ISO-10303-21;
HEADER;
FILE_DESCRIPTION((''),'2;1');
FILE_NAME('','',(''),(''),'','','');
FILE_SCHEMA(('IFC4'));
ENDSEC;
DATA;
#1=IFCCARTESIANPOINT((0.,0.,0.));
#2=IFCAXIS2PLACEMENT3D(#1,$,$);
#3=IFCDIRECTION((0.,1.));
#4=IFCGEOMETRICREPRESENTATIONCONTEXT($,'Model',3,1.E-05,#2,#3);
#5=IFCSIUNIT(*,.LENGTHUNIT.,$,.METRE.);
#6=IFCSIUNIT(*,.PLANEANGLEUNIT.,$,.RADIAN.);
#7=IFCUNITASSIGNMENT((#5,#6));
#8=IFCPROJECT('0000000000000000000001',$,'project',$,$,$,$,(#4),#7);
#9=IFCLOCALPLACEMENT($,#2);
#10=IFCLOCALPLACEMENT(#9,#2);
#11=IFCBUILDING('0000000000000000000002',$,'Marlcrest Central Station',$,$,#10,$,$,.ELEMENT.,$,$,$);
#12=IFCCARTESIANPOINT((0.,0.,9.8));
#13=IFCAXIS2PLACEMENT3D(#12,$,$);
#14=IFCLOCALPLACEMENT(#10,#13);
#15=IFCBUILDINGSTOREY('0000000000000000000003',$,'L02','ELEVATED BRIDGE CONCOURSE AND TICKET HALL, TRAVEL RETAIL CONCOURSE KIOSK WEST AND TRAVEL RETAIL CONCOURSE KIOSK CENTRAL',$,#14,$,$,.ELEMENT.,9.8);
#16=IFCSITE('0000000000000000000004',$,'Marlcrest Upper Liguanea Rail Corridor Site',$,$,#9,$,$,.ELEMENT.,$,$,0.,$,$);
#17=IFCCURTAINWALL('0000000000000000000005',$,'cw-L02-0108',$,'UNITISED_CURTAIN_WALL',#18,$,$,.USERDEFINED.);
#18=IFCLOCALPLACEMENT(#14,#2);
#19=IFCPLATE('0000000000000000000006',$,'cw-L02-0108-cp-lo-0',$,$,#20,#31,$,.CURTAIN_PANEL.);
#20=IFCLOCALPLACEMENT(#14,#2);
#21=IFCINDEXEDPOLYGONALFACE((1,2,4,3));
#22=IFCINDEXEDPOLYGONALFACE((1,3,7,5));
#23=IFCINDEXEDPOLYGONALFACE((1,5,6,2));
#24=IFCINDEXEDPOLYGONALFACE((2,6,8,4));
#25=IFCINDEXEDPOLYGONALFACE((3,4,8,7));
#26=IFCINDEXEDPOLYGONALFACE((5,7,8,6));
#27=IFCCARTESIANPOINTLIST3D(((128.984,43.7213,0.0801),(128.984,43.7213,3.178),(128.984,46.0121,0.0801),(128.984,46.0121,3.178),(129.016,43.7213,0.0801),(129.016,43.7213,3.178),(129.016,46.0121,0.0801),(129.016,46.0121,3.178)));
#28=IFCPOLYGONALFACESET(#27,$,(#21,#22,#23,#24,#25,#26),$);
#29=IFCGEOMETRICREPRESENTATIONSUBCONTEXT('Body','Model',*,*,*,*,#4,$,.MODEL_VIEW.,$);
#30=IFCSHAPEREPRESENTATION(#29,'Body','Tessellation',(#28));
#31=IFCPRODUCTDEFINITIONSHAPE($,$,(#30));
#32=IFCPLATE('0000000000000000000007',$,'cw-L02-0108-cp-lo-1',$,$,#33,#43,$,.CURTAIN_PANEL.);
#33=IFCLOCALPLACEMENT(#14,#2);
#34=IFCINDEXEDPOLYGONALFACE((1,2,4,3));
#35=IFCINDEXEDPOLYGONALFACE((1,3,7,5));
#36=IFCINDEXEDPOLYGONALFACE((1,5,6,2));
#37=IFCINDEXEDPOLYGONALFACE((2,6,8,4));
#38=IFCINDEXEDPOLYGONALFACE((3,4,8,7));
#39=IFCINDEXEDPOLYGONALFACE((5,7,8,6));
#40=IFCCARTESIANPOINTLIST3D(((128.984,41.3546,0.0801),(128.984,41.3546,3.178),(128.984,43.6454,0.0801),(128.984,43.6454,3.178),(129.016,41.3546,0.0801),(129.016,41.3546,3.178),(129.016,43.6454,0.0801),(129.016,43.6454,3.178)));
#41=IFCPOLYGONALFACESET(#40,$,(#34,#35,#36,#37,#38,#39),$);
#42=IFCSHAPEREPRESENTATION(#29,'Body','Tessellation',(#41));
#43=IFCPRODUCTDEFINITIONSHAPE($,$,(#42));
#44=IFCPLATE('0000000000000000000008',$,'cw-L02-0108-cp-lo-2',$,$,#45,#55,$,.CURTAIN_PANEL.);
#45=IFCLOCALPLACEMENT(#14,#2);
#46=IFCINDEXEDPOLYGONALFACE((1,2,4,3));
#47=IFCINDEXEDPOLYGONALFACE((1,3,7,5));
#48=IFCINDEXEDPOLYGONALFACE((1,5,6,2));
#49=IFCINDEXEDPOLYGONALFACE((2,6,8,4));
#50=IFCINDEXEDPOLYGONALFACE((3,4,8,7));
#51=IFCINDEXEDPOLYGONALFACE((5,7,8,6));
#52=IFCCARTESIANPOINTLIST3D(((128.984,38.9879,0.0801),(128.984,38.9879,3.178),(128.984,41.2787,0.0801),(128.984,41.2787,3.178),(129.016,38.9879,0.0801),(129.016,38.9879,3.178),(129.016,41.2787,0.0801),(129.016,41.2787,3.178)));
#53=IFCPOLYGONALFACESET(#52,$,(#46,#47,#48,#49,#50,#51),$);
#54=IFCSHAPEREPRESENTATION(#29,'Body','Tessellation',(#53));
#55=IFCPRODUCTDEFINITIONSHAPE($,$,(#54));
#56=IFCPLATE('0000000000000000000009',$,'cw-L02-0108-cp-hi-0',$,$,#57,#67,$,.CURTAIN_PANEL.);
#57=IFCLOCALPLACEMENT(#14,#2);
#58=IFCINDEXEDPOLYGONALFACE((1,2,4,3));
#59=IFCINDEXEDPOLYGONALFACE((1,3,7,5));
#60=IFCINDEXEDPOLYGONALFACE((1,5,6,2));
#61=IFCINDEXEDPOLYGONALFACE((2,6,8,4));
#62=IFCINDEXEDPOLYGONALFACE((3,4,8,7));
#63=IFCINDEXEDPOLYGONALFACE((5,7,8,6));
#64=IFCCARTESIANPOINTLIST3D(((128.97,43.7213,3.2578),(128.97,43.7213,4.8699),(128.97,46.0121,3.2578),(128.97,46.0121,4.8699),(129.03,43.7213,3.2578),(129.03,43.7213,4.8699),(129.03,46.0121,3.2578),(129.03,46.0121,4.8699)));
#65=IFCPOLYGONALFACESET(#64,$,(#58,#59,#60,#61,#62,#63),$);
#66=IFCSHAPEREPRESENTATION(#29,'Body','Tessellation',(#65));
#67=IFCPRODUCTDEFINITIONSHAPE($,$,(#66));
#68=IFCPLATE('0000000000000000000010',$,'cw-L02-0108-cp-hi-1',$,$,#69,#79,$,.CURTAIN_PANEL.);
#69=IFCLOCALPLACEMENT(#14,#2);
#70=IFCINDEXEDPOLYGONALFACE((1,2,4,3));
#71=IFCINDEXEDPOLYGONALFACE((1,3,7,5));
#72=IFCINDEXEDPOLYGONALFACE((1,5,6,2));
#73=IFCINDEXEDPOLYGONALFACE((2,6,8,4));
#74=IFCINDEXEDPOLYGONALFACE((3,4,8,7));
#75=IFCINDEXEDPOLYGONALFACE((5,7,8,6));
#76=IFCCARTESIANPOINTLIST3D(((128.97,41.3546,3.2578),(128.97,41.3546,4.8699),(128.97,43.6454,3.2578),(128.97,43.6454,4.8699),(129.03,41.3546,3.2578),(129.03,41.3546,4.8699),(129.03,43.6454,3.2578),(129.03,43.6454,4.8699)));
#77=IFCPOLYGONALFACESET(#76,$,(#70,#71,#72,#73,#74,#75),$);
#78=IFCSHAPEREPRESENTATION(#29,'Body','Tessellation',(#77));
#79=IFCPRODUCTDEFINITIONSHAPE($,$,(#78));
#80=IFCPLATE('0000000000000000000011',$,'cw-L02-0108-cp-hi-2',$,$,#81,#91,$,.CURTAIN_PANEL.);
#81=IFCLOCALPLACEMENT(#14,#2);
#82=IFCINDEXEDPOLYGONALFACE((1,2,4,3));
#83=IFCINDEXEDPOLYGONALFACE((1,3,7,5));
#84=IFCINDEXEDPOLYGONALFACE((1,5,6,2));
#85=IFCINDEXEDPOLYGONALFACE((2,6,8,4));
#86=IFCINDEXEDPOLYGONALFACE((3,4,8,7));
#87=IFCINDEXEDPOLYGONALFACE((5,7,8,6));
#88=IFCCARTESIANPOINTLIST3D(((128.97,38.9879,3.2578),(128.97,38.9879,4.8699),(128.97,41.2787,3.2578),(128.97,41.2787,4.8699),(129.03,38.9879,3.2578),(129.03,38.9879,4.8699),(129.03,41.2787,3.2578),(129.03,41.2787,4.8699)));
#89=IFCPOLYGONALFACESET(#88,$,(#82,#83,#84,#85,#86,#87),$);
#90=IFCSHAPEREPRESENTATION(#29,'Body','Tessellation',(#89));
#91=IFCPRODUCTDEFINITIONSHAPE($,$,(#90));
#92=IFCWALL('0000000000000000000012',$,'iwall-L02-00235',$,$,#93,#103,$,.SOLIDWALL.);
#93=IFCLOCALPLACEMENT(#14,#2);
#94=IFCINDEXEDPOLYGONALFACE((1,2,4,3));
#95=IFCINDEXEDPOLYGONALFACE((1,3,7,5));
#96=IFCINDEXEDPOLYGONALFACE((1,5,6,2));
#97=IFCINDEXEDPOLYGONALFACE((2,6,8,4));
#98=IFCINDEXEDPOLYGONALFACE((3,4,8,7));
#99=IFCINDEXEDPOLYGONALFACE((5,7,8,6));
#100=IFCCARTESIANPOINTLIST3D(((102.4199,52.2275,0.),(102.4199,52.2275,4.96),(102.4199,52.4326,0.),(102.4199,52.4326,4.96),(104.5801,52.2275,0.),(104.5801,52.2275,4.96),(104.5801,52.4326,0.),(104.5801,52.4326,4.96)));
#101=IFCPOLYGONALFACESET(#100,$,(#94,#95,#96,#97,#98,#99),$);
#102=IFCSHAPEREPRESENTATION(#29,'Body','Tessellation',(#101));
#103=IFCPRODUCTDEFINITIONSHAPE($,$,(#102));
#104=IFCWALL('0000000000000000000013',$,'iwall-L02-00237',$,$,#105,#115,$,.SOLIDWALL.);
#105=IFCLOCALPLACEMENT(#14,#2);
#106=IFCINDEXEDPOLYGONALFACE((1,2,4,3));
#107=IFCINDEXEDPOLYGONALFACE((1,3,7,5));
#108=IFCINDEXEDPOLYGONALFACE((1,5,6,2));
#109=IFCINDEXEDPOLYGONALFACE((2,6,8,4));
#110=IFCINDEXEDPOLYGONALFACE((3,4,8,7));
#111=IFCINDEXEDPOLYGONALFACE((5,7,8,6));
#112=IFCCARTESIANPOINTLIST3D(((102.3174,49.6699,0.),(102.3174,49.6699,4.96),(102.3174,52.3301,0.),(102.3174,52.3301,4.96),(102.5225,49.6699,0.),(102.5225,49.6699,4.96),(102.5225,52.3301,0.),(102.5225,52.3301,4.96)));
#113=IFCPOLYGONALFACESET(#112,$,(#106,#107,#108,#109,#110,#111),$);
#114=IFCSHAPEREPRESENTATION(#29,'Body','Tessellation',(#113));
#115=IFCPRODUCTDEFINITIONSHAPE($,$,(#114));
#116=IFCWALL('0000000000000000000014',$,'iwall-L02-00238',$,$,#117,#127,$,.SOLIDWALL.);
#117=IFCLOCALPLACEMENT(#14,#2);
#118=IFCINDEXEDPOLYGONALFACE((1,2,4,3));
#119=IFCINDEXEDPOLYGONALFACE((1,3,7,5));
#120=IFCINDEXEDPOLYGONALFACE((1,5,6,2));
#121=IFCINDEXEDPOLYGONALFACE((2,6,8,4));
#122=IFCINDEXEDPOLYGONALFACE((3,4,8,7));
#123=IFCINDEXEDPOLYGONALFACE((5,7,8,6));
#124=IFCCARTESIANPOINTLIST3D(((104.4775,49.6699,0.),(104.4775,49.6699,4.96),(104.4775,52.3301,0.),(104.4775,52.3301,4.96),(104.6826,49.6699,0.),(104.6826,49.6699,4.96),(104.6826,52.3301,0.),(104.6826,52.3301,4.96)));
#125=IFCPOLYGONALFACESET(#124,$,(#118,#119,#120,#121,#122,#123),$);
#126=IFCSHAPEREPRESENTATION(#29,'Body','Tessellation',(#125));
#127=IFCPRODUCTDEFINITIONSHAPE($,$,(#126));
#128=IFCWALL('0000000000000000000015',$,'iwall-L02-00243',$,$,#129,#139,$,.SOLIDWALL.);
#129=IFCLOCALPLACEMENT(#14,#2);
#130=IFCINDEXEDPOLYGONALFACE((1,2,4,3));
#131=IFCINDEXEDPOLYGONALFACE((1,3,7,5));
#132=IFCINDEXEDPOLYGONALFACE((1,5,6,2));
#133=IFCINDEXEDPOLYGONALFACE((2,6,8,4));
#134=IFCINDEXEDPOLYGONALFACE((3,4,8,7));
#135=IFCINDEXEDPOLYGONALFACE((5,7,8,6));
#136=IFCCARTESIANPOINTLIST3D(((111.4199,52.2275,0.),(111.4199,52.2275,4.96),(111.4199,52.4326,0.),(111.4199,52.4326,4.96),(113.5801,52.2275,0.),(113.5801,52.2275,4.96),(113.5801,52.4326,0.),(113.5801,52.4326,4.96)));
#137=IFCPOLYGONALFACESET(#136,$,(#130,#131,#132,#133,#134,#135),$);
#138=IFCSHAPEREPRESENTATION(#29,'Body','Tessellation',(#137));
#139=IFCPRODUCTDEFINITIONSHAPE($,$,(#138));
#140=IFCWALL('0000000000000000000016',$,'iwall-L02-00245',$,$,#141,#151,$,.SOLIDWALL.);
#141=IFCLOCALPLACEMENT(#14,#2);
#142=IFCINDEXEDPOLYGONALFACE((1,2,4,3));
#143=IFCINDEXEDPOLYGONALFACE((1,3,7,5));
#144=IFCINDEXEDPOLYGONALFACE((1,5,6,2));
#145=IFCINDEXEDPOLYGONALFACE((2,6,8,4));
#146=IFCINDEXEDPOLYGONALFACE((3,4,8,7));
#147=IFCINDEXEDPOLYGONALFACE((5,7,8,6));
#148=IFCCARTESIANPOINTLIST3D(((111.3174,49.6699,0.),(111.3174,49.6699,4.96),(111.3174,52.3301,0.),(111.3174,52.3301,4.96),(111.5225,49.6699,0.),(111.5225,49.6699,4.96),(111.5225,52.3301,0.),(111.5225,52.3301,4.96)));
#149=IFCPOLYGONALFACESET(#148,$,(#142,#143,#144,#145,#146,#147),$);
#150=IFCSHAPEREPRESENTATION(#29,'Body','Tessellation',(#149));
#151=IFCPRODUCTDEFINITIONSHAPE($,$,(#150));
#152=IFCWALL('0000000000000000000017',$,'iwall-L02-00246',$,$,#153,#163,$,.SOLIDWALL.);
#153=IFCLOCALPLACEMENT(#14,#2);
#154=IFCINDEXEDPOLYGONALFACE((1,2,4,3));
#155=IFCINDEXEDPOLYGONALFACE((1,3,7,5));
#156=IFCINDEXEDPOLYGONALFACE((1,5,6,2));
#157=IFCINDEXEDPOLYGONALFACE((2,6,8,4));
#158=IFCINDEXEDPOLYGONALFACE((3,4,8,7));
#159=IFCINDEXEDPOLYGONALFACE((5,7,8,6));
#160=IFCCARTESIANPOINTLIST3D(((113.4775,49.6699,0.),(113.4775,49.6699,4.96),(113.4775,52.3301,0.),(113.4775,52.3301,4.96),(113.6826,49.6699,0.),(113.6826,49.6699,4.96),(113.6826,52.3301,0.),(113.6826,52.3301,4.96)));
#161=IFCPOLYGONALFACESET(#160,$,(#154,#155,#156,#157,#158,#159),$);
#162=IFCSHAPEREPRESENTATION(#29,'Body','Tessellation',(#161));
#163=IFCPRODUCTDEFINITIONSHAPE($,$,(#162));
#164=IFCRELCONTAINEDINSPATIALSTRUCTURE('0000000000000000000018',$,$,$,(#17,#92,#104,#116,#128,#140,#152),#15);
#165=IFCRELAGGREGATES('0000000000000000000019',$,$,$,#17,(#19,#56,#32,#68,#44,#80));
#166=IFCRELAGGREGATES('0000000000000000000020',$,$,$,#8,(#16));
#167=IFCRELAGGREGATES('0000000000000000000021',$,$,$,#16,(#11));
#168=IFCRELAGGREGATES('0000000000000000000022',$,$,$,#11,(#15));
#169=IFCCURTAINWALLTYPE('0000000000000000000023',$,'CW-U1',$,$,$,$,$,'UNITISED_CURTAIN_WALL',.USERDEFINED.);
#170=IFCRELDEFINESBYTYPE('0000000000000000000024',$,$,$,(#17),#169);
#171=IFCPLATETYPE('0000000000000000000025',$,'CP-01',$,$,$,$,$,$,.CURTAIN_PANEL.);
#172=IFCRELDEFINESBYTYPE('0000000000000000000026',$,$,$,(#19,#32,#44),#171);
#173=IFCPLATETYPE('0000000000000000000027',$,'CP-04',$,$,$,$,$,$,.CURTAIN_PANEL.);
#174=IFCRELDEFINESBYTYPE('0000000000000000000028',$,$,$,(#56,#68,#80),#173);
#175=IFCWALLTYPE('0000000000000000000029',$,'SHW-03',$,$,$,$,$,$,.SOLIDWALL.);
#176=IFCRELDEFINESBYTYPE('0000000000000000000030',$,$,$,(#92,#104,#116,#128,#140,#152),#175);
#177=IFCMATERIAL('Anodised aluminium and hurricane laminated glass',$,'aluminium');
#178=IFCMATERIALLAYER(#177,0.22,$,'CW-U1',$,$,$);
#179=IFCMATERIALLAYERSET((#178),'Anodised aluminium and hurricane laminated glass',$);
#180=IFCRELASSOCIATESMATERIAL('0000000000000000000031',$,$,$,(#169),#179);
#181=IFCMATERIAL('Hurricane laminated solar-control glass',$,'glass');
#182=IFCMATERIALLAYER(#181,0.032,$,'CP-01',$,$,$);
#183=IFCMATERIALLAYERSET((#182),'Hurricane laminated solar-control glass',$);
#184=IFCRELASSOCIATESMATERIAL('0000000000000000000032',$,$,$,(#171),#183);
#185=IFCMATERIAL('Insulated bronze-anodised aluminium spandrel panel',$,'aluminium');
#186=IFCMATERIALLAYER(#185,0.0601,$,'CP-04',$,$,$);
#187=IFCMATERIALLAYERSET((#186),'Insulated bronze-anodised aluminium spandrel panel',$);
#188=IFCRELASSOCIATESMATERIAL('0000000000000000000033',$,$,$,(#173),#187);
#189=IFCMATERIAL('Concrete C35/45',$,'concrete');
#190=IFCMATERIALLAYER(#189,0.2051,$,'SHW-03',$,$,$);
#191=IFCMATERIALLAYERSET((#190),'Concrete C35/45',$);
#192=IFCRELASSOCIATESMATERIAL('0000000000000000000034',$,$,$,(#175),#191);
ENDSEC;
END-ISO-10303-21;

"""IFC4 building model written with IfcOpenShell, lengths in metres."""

from ifc_helpers import new_model, si_unit, direction, frame, frame_2d, origin, origin_2d, place, context, subcontext, project, spatial, rectangle, extrude, material, layer, layer_set, type_object, element, aggregate, save


model = new_model("IFC4")

# Units and contexts
model_context = context("Model", 3, precision=1e-05, world=origin(), true_north=direction((0.0, 1.0)))
body_context = subcontext(model_context, "Body", "Model", "MODEL_VIEW")
ifc_project = project(units=[si_unit("LENGTHUNIT", "METRE"), si_unit("PLANEANGLEUNIT", "RADIAN")], contexts=[model_context])

# Site, building, storey
site_placement = place(None, origin())
site = spatial("IfcSite", under=ifc_project, at=site_placement, Name="Marlcrest Upper Liguanea Rail Corridor Site", CompositionType="ELEMENT", RefElevation=0.0)
building_placement = place(site_placement, origin())
building = spatial("IfcBuilding", under=site, at=building_placement, Name="Marlcrest Central Station", CompositionType="ELEMENT")
storey_placement = place(building_placement, frame((0.0, 0.0, 9.8)))
storey = spatial("IfcBuildingStorey", under=building, at=storey_placement, Name="L02", Description="ELEVATED BRIDGE CONCOURSE AND TICKET HALL, TRAVEL RETAIL CONCOURSE KIOSK WEST AND TRAVEL RETAIL CONCOURSE KIOSK CENTRAL", CompositionType="ELEMENT", Elevation=9.8)

# Curtain wall, plates
ifc_material_1 = material(Name="Anodised aluminium and hurricane laminated glass", Category="aluminium")
ifc_layer_1 = layer(ifc_material_1, 0.22, Name="CW-U1")
ifc_layer_set_1 = layer_set([ifc_layer_1], Name="Anodised aluminium and hurricane laminated glass")
curtain_wall_type = type_object("IfcCurtainWallType", Name="CW-U1", ElementType="UNITISED_CURTAIN_WALL", PredefinedType="USERDEFINED", material=ifc_layer_set_1)
curtain_wall_placement = place(storey_placement, origin())
curtain_wall = element("IfcCurtainWall", 1, at=curtain_wall_placement, inside=storey, type_object=curtain_wall_type, Name="cw-L02-0108", ObjectType="UNITISED_CURTAIN_WALL", PredefinedType="USERDEFINED")
ifc_material_2 = material(Name="Hurricane laminated solar-control glass", Category="glass")
ifc_layer_2 = layer(ifc_material_2, 0.032, Name="CP-01")
ifc_layer_set_2 = layer_set([ifc_layer_2], Name="Hurricane laminated solar-control glass")
plate_type_1 = type_object("IfcPlateType", Name="CP-01", PredefinedType="CURTAIN_PANEL", material=ifc_layer_set_2)
plate_1_placement = place(storey_placement, frame((129.0, 44.8667, 0.0801), z_axis=(0.0, 0.0, 1.0), x_axis=(0.0, -1.0, 0.0)))
plate_1 = element("IfcPlate", 2, at=plate_1_placement, type_object=plate_type_1, Name="cw-L02-0108-cp-lo-0", PredefinedType="CURTAIN_PANEL", context=body_context, shape_type="SweptSolid", body=[
    extrude(rectangle(XDim=2.2908, YDim=0.032, at=origin_2d()), origin(), (0.0, 0.0, 1.0), 3.0979),
])
plate_2_placement = place(storey_placement, frame((129.0, 42.5, 0.0801), z_axis=(0.0, 0.0, 1.0), x_axis=(0.0, -1.0, 0.0)))
plate_2 = element("IfcPlate", 3, at=plate_2_placement, type_object=plate_type_1, Name="cw-L02-0108-cp-lo-1", PredefinedType="CURTAIN_PANEL", context=body_context, shape_type="SweptSolid", body=[
    extrude(rectangle(XDim=2.2908, YDim=0.032, at=origin_2d()), origin(), (0.0, 0.0, 1.0), 3.0979),
])
plate_3_placement = place(storey_placement, frame((129.0, 40.1333, 0.0801), z_axis=(0.0, 0.0, 1.0), x_axis=(0.0, -1.0, 0.0)))
plate_3 = element("IfcPlate", 4, at=plate_3_placement, type_object=plate_type_1, Name="cw-L02-0108-cp-lo-2", PredefinedType="CURTAIN_PANEL", context=body_context, shape_type="SweptSolid", body=[
    extrude(rectangle(XDim=2.2908, YDim=0.032, at=origin_2d()), origin(), (0.0, 0.0, 1.0), 3.0979),
])
ifc_material_3 = material(Name="Insulated bronze-anodised aluminium spandrel panel", Category="aluminium")
ifc_layer_3 = layer(ifc_material_3, 0.0601, Name="CP-04")
ifc_layer_set_3 = layer_set([ifc_layer_3], Name="Insulated bronze-anodised aluminium spandrel panel")
plate_type_2 = type_object("IfcPlateType", Name="CP-04", PredefinedType="CURTAIN_PANEL", material=ifc_layer_set_3)
plate_4_placement = place(storey_placement, frame((129.0, 44.8667, 3.2578), z_axis=(0.0, 0.0, 1.0), x_axis=(0.0, -1.0, 0.0)))
plate_4 = element("IfcPlate", 5, at=plate_4_placement, type_object=plate_type_2, Name="cw-L02-0108-cp-hi-0", PredefinedType="CURTAIN_PANEL", context=body_context, shape_type="SweptSolid", body=[
    extrude(rectangle(XDim=2.2908, YDim=0.0601, at=origin_2d()), origin(), (0.0, 0.0, 1.0), 1.6121),
])
plate_5_placement = place(storey_placement, frame((129.0, 42.5, 3.2578), z_axis=(0.0, 0.0, 1.0), x_axis=(0.0, -1.0, 0.0)))
plate_5 = element("IfcPlate", 6, at=plate_5_placement, type_object=plate_type_2, Name="cw-L02-0108-cp-hi-1", PredefinedType="CURTAIN_PANEL", context=body_context, shape_type="SweptSolid", body=[
    extrude(rectangle(XDim=2.2908, YDim=0.0601, at=origin_2d()), origin(), (0.0, 0.0, 1.0), 1.6121),
])
plate_6_placement = place(storey_placement, frame((129.0, 40.1333, 3.2578), z_axis=(0.0, 0.0, 1.0), x_axis=(0.0, -1.0, 0.0)))
plate_6 = element("IfcPlate", 7, at=plate_6_placement, type_object=plate_type_2, Name="cw-L02-0108-cp-hi-2", PredefinedType="CURTAIN_PANEL", context=body_context, shape_type="SweptSolid", body=[
    extrude(rectangle(XDim=2.2908, YDim=0.0601, at=origin_2d()), origin(), (0.0, 0.0, 1.0), 1.6121),
])
aggregate(curtain_wall, [plate_1, plate_4, plate_2, plate_5, plate_3, plate_6])

# Wall
ifc_material_4 = material(Name="Concrete C35/45", Category="concrete")
ifc_layer_4 = layer(ifc_material_4, 0.2051, Name="SHW-03")
ifc_layer_set_4 = layer_set([ifc_layer_4], Name="Concrete C35/45")
wall_type = type_object("IfcWallType", Name="SHW-03", PredefinedType="SOLIDWALL", material=ifc_layer_set_4)
wall_1_placement = place(storey_placement, frame((102.4199, 52.3301, 0.0), z_axis=(0.0, 0.0, 1.0), x_axis=(1.0, 0.0, 0.0)))
element("IfcWall", 8, at=wall_1_placement, inside=storey, type_object=wall_type, Name="iwall-L02-00235", PredefinedType="SOLIDWALL", context=body_context, shape_type="SweptSolid", body=[
    extrude(rectangle(XDim=2.1602, YDim=0.2051, at=frame_2d((1.0801, 0.0))), origin(), (0.0, 0.0, 1.0), 4.96),
])

# Walls
for number, where, z_axis, x_axis, name in (
    (9, (102.4199, 49.6699, 0.0), (0.0, 0.0, 1.0), (0.0, 1.0, 0.0), "iwall-L02-00237"),
    (10, (104.5801, 52.3301, 0.0), (0.0, 0.0, 1.0), (0.0, -1.0, 0.0), "iwall-L02-00238"),
):
    element("IfcWall", number, at=place(storey_placement, frame(where, z_axis=z_axis, x_axis=x_axis)), inside=storey, type_object=wall_type, Name=name, PredefinedType="SOLIDWALL", context=body_context, shape_type="SweptSolid", body=[
        extrude(rectangle(XDim=2.6602, YDim=0.2051, at=frame_2d((1.3301, 0.0))), origin(), (0.0, 0.0, 1.0), 4.96),
    ])
wall_2_placement = place(storey_placement, frame((111.4199, 52.3301, 0.0), z_axis=(0.0, 0.0, 1.0), x_axis=(1.0, 0.0, 0.0)))
element("IfcWall", 11, at=wall_2_placement, inside=storey, type_object=wall_type, Name="iwall-L02-00243", PredefinedType="SOLIDWALL", context=body_context, shape_type="SweptSolid", body=[
    extrude(rectangle(XDim=2.1602, YDim=0.2051, at=frame_2d((1.0801, 0.0))), origin(), (0.0, 0.0, 1.0), 4.96),
])

# Walls
for number, where, z_axis, x_axis, name in (
    (12, (111.4199, 49.6699, 0.0), (0.0, 0.0, 1.0), (0.0, 1.0, 0.0), "iwall-L02-00245"),
    (13, (113.5801, 52.3301, 0.0), (0.0, 0.0, 1.0), (0.0, -1.0, 0.0), "iwall-L02-00246"),
):
    element("IfcWall", number, at=place(storey_placement, frame(where, z_axis=z_axis, x_axis=x_axis)), inside=storey, type_object=wall_type, Name=name, PredefinedType="SOLIDWALL", context=body_context, shape_type="SweptSolid", body=[
        extrude(rectangle(XDim=2.6602, YDim=0.2051, at=frame_2d((1.3301, 0.0))), origin(), (0.0, 0.0, 1.0), 4.96),
    ])

save(model, "model.ifc")
